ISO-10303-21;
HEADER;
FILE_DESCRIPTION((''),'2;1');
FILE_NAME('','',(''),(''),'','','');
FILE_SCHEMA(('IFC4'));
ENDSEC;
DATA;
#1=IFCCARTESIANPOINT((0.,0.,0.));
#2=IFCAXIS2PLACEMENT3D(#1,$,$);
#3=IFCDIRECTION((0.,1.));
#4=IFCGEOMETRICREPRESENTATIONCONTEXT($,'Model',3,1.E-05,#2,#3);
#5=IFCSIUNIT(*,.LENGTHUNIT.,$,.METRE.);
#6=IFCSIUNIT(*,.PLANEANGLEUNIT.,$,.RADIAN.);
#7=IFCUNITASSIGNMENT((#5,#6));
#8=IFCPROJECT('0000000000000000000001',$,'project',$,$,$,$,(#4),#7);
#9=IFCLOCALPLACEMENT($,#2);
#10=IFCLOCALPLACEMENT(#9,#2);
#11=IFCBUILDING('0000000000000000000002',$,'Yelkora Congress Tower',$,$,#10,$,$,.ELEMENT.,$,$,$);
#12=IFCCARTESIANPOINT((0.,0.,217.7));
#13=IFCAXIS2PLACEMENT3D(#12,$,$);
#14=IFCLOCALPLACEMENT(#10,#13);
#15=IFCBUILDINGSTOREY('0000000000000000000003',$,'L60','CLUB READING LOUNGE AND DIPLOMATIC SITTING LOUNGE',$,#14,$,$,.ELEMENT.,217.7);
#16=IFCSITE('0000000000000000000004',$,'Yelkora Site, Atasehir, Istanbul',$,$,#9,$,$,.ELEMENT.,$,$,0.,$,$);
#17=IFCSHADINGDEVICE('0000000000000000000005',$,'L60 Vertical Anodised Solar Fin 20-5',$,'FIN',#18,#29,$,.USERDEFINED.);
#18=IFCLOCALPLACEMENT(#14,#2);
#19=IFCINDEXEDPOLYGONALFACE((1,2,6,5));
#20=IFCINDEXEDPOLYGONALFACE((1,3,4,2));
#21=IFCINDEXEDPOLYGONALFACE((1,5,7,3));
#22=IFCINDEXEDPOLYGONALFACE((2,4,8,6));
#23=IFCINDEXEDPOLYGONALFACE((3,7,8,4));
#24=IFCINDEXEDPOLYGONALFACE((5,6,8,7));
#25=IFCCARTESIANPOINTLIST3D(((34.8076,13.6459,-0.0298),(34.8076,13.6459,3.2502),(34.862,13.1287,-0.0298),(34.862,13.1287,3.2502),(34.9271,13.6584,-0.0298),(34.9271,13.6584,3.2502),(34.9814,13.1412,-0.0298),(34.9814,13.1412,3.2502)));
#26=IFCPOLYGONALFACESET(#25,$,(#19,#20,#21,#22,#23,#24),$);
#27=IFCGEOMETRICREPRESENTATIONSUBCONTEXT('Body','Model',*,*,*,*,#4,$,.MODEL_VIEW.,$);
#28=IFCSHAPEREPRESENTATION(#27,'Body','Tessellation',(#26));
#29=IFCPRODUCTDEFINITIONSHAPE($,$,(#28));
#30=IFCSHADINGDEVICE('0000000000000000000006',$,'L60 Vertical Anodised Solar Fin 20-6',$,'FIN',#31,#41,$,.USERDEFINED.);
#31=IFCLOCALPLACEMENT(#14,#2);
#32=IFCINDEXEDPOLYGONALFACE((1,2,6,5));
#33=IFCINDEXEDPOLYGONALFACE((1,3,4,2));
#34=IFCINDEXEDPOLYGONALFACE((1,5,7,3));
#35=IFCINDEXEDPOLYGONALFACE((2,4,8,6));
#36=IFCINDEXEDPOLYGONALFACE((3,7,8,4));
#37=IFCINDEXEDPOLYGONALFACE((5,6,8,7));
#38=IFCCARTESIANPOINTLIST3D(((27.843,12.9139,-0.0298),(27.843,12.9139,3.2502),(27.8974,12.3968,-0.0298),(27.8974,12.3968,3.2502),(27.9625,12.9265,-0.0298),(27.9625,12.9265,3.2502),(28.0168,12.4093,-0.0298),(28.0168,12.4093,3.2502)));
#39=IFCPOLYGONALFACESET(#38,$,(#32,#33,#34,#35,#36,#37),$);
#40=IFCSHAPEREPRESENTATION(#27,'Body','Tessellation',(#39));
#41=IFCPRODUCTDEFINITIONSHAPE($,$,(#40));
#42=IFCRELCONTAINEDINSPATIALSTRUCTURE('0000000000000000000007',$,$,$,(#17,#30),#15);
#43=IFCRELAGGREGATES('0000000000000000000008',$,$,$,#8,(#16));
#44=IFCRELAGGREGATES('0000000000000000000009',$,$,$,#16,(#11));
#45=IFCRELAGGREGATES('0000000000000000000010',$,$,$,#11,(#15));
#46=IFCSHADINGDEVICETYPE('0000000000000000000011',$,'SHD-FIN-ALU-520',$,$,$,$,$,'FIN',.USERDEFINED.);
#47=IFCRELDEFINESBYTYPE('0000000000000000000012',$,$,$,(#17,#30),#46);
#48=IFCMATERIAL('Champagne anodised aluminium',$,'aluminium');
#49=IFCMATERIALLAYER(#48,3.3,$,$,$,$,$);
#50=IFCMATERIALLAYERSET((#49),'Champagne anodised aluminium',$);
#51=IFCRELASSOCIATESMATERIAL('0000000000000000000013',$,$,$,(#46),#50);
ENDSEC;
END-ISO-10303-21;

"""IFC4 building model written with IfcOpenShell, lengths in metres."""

from ifc_helpers import new_model, si_unit, direction, frame, origin, origin_2d, place, context, subcontext, project, spatial, rectangle, extrude, material, layer, layer_set, type_object, element, save


model = new_model("IFC4")

# Units and contexts
model_context = context("Model", 3, precision=1e-05, world=origin(), true_north=direction((0.0, 1.0)))
body_context = subcontext(model_context, "Body", "Model", "MODEL_VIEW")
ifc_project = project(units=[si_unit("LENGTHUNIT", "METRE"), si_unit("PLANEANGLEUNIT", "RADIAN")], contexts=[model_context])

# Site, building, storey
site_placement = place(None, origin())
site = spatial("IfcSite", under=ifc_project, at=site_placement, Name="Yelkora Site, Atasehir, Istanbul", CompositionType="ELEMENT", RefElevation=0.0)
building_placement = place(site_placement, origin())
building = spatial("IfcBuilding", under=site, at=building_placement, Name="Yelkora Congress Tower", CompositionType="ELEMENT")
storey_placement = place(building_placement, frame((0.0, 0.0, 217.7)))
storey = spatial("IfcBuildingStorey", under=building, at=storey_placement, Name="L60", Description="CLUB READING LOUNGE AND DIPLOMATIC SITTING LOUNGE", CompositionType="ELEMENT", Elevation=217.7)

# Shading devices
ifc_material_1 = material(Name="Champagne anodised aluminium", Category="aluminium")
ifc_layer_1 = layer(ifc_material_1, 3.3)
ifc_layer_set_1 = layer_set([ifc_layer_1], Name="Champagne anodised aluminium")
shading_device_type = type_object("IfcShadingDeviceType", Name="SHD-FIN-ALU-520", ElementType="FIN", PredefinedType="USERDEFINED", material=ifc_layer_set_1)
for number, where, z_axis, x_axis, name in (
    (1, (34.8945, 13.3936, -0.0298), (0.0, 0.0, 1.0), (-0.994522, -0.104528, 0.0), "L60 Vertical Anodised Solar Fin 20-5"),
    (2, (27.9299, 12.6616, -0.0298), (0.0, 0.0, 1.0), (-0.994522, -0.104528, 0.0), "L60 Vertical Anodised Solar Fin 20-6"),
):
    element("IfcShadingDevice", number, at=place(storey_placement, frame(where, z_axis=z_axis, x_axis=x_axis)), inside=storey, type_object=shading_device_type, Name=name, ObjectType="FIN", PredefinedType="USERDEFINED", context=body_context, shape_type="SweptSolid", body=[
        extrude(rectangle(XDim=0.1201, YDim=0.52, at=origin_2d()), origin(), (0.0, 0.0, 1.0), 3.28),
    ])

save(model, "model.ifc")
